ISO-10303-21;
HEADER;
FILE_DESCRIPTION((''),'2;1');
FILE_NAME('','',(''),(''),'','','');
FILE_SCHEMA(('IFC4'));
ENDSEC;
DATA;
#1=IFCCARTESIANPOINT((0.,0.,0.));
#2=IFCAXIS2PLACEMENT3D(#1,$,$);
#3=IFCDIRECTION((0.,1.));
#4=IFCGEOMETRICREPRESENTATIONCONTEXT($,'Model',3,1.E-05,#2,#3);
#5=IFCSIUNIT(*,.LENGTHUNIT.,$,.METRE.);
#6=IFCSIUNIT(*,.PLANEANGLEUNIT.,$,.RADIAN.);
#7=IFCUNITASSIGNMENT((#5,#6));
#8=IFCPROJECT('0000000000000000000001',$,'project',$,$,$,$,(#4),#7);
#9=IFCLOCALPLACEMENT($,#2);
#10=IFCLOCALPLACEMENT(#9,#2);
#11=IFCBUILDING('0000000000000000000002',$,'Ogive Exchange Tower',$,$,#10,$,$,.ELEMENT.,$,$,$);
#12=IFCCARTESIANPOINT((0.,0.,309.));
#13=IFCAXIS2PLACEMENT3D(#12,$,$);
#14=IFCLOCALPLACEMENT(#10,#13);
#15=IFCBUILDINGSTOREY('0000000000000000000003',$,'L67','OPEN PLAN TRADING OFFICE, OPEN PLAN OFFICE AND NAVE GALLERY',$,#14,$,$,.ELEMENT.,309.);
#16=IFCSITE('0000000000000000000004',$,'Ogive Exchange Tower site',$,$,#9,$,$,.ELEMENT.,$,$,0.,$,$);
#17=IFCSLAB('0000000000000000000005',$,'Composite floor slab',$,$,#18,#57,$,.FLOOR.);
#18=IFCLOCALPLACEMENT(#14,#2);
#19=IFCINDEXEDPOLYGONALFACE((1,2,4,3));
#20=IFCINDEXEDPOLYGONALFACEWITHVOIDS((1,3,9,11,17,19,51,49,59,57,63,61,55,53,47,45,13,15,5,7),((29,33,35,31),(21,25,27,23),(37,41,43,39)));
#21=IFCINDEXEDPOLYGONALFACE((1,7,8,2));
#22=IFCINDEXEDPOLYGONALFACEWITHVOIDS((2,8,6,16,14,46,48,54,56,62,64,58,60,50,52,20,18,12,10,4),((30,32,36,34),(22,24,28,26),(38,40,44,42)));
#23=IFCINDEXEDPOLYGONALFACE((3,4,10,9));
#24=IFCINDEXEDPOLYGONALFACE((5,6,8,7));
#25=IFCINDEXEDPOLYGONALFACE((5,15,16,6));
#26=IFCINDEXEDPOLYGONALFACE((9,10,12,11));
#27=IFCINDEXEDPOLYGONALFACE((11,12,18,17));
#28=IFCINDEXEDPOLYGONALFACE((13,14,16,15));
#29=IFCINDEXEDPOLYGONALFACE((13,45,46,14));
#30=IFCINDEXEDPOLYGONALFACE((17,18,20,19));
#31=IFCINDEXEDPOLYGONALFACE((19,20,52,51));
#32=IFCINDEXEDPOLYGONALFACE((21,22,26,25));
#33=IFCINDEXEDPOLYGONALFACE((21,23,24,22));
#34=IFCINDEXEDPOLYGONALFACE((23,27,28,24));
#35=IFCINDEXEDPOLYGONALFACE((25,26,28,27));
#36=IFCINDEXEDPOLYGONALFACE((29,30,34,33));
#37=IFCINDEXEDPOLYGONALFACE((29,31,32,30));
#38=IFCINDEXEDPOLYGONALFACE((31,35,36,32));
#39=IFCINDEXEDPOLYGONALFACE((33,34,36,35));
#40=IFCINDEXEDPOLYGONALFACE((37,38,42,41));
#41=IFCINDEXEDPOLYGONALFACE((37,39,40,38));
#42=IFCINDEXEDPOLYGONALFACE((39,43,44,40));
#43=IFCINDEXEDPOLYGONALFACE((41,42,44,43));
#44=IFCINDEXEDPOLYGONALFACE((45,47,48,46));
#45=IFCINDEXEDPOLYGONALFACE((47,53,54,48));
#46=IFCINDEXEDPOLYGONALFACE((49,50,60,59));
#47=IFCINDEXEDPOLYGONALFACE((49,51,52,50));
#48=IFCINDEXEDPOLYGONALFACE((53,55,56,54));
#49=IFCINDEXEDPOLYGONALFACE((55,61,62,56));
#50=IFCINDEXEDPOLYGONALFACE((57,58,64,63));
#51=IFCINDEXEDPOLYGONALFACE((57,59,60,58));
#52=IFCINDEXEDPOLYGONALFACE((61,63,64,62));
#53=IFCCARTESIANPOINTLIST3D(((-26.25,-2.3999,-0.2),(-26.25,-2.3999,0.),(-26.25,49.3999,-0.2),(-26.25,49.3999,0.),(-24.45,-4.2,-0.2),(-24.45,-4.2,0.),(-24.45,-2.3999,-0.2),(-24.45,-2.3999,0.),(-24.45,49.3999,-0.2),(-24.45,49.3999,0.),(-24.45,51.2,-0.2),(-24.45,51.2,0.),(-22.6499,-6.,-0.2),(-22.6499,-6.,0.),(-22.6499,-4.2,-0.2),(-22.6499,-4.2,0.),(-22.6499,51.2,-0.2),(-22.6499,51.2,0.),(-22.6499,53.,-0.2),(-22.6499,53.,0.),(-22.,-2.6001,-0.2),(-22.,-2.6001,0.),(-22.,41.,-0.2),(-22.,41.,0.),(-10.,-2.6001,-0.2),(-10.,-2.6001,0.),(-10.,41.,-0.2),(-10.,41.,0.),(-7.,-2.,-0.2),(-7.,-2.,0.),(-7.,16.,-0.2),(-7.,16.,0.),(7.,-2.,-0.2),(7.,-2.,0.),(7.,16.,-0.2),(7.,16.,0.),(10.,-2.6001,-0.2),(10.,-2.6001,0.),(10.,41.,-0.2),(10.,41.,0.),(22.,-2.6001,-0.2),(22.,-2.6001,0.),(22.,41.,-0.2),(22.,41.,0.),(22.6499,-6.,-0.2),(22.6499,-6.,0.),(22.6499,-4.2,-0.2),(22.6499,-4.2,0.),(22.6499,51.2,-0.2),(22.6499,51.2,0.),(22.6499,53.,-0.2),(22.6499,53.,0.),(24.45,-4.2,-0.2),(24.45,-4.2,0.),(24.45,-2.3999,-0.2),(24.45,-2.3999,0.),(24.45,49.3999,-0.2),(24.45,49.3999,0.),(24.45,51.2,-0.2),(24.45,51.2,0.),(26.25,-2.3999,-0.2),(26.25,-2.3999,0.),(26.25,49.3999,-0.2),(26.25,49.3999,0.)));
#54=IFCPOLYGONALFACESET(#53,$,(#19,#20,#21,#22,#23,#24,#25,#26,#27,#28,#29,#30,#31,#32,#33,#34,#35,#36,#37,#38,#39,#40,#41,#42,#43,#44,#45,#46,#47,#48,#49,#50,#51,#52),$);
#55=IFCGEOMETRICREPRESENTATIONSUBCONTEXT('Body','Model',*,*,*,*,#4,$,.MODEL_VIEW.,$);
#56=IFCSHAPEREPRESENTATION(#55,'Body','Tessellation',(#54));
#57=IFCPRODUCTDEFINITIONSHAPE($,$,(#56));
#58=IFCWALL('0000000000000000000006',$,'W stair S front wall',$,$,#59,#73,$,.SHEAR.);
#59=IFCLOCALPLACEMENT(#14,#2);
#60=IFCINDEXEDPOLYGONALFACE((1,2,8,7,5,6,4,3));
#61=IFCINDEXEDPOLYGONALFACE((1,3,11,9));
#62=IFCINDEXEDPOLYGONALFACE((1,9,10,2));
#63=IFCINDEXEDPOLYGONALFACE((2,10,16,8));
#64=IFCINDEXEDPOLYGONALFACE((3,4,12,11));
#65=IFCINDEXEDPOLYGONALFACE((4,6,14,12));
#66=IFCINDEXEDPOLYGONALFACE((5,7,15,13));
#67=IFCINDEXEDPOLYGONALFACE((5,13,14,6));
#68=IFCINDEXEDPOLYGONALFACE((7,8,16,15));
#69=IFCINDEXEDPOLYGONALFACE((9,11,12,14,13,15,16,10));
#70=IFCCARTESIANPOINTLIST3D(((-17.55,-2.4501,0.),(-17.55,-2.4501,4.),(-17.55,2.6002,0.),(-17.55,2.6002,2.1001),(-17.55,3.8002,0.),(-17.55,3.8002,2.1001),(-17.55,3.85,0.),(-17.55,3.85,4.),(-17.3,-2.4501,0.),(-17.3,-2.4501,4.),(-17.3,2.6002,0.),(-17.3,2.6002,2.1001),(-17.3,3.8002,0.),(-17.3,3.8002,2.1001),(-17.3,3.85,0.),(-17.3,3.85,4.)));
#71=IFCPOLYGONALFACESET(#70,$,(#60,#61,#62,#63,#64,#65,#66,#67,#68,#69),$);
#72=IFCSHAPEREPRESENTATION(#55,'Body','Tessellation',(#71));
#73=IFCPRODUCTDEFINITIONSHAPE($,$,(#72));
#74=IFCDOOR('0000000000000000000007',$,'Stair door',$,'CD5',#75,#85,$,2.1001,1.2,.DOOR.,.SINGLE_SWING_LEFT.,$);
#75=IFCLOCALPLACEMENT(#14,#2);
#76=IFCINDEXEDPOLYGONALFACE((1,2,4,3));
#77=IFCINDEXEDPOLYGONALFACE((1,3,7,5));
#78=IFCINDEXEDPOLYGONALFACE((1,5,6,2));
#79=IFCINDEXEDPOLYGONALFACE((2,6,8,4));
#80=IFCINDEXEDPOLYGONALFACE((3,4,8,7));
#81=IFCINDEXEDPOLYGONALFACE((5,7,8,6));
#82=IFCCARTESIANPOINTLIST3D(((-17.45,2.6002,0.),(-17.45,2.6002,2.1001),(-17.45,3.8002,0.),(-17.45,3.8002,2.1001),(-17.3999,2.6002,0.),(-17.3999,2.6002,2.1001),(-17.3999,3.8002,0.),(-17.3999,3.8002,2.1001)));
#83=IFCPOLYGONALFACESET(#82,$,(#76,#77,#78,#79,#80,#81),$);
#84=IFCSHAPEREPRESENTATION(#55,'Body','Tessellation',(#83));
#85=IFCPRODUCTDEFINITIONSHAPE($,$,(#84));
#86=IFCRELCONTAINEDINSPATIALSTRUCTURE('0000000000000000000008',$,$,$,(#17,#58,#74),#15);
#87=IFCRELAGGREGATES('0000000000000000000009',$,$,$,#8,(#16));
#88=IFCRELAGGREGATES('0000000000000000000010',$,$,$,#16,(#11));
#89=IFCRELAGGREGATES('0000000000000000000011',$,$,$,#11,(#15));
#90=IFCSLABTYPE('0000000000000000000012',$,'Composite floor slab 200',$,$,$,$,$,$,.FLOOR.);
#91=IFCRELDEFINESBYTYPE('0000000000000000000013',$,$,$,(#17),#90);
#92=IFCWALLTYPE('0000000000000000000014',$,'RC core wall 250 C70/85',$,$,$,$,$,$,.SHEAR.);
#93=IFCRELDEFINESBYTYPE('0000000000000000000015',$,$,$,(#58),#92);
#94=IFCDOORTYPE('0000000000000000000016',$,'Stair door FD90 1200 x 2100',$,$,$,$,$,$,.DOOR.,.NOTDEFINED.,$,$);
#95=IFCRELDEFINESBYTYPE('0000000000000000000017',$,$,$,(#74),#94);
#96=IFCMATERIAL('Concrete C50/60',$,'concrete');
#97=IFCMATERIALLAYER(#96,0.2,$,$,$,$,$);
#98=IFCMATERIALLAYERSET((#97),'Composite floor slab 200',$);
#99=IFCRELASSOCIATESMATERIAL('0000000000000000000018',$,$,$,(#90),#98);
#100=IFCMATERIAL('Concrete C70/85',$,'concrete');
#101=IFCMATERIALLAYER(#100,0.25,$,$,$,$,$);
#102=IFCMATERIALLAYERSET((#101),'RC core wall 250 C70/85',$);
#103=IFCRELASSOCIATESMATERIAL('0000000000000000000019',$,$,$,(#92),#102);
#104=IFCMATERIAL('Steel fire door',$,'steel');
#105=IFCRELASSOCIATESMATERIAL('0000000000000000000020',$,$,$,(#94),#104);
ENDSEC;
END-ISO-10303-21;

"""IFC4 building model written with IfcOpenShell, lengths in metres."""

from ifc_helpers import new_model, si_unit, direction, frame, frame_2d, origin, place, context, subcontext, project, spatial, polyline, rectangle, outline, extrude, material, layer, layer_set, type_object, element, fill, save


model = new_model("IFC4")

# Units and contexts
model_context = context("Model", 3, precision=1e-05, world=origin(), true_north=direction((0.0, 1.0)))
body_context = subcontext(model_context, "Body", "Model", "MODEL_VIEW")
ifc_project = project(units=[si_unit("LENGTHUNIT", "METRE"), si_unit("PLANEANGLEUNIT", "RADIAN")], contexts=[model_context])

# Site, building, storey
site_placement = place(None, origin())
site = spatial("IfcSite", under=ifc_project, at=site_placement, Name="Ogive Exchange Tower site", CompositionType="ELEMENT", RefElevation=0.0)
building_placement = place(site_placement, origin())
building = spatial("IfcBuilding", under=site, at=building_placement, Name="Ogive Exchange Tower", CompositionType="ELEMENT")
storey_placement = place(building_placement, frame((0.0, 0.0, 309.0)))
storey = spatial("IfcBuildingStorey", under=building, at=storey_placement, Name="L67", Description="OPEN PLAN TRADING OFFICE, OPEN PLAN OFFICE AND NAVE GALLERY", CompositionType="ELEMENT", Elevation=309.0)

# Slab
ifc_material_1 = material(Name="Concrete C50/60", Category="concrete")
ifc_layer_1 = layer(ifc_material_1, 0.2)
ifc_layer_set_1 = layer_set([ifc_layer_1], Name="Composite floor slab 200")
slab_type = type_object("IfcSlabType", Name="Composite floor slab 200", PredefinedType="FLOOR", material=ifc_layer_set_1)
slab_placement = place(storey_placement, frame((0.0, 0.0, -0.2)))
element("IfcSlab", 1, at=slab_placement, inside=storey, type_object=slab_type, Name="Composite floor slab", PredefinedType="FLOOR", context=body_context, shape_type="SweptSolid", body=[
    extrude(outline(polyline([(-22.6499, -4.2), (-24.45, -4.2), (-24.45, -2.3999), (-26.25, -2.3999), (-26.25, 49.3999), (-24.45, 49.3999), (-24.45, 51.2), (-22.6499, 51.2), (-22.6499, 53.0), (22.6499, 53.0), (22.6499, 51.2), (24.45, 51.2), (24.45, 49.3999), (26.25, 49.3999), (26.25, -2.3999), (24.45, -2.3999), (24.45, -4.2), (22.6499, -4.2), (22.6499, -6.0), (-22.6499, -6.0), (-22.6499, -4.2)]), holes=[polyline([(7.0, -2.0), (7.0, 16.0), (-7.0, 16.0), (-7.0, -2.0), (7.0, -2.0)]), polyline([(-22.0, -2.6001), (-10.0, -2.6001), (-10.0, 41.0), (-22.0, 41.0), (-22.0, -2.6001)]), polyline([(10.0, -2.6001), (22.0, -2.6001), (22.0, 41.0), (10.0, 41.0), (10.0, -2.6001)])]), origin(), (0.0, 0.0, 1.0), 0.2),
])

# Wall, opening, door
ifc_material_2 = material(Name="Concrete C70/85", Category="concrete")
ifc_layer_2 = layer(ifc_material_2, 0.25)
ifc_layer_set_2 = layer_set([ifc_layer_2], Name="RC core wall 250 C70/85")
wall_type_1 = type_object("IfcWallType", Name="RC core wall 250 C70/85", PredefinedType="SHEAR", material=ifc_layer_set_2)
wall_1_placement = place(storey_placement, frame((-17.425, -2.45, 0.0), z_axis=(0.0, 0.0, 1.0), x_axis=(0.0, 1.0, 0.0)))
wall_1 = element("IfcWall", 2, at=wall_1_placement, inside=storey, type_object=wall_type_1, Name="W stair S front wall", PredefinedType="SHEAR", context=body_context, shape_type="SweptSolid", body=[
    extrude(rectangle(XDim=6.3, YDim=0.25, at=frame_2d((3.1499, 0.0))), origin(), (0.0, 0.0, 1.0), 4.0),
])
opening_1_placement = place(wall_1_placement, frame((5.05, 0.0, 0.0)))
opening_1 = element("IfcOpeningElement", 3, at=opening_1_placement, cuts=wall_1, PredefinedType="OPENING", context=body_context, shape_type="SweptSolid", body=[
    extrude(rectangle(XDim=1.2, YDim=2.1001, at=frame_2d((0.6001, 1.05))), frame((0.0, 0.135, 0.0), z_axis=(0.0, -1.0, 0.0), x_axis=(1.0, 0.0, 0.0)), (0.0, 0.0, 1.0), 0.27),
])
ifc_material_3 = material(Name="Steel fire door", Category="steel")
door_type_1 = type_object("IfcDoorType", Name="Stair door FD90 1200 x 2100", OperationType="NOTDEFINED", PredefinedType="DOOR", material=ifc_material_3)
door_1_placement = place(opening_1_placement, origin())
door_1 = element("IfcDoor", 4, at=door_1_placement, inside=storey, type_object=door_type_1, Name="Stair door", ObjectType="CD5", OperationType="SINGLE_SWING_LEFT", OverallHeight=2.1001, OverallWidth=1.2, PredefinedType="DOOR", context=body_context, shape_type="SweptSolid", body=[
    extrude(rectangle(XDim=1.2, YDim=2.1001, at=frame_2d((0.6001, 1.05))), frame((0.0, 0.0249, 0.0), z_axis=(0.0, -1.0, 0.0), x_axis=(1.0, 0.0, 0.0)), (0.0, 0.0, 1.0), 0.05),
])
fill(opening_1, door_1)

save(model, "model.ifc")
